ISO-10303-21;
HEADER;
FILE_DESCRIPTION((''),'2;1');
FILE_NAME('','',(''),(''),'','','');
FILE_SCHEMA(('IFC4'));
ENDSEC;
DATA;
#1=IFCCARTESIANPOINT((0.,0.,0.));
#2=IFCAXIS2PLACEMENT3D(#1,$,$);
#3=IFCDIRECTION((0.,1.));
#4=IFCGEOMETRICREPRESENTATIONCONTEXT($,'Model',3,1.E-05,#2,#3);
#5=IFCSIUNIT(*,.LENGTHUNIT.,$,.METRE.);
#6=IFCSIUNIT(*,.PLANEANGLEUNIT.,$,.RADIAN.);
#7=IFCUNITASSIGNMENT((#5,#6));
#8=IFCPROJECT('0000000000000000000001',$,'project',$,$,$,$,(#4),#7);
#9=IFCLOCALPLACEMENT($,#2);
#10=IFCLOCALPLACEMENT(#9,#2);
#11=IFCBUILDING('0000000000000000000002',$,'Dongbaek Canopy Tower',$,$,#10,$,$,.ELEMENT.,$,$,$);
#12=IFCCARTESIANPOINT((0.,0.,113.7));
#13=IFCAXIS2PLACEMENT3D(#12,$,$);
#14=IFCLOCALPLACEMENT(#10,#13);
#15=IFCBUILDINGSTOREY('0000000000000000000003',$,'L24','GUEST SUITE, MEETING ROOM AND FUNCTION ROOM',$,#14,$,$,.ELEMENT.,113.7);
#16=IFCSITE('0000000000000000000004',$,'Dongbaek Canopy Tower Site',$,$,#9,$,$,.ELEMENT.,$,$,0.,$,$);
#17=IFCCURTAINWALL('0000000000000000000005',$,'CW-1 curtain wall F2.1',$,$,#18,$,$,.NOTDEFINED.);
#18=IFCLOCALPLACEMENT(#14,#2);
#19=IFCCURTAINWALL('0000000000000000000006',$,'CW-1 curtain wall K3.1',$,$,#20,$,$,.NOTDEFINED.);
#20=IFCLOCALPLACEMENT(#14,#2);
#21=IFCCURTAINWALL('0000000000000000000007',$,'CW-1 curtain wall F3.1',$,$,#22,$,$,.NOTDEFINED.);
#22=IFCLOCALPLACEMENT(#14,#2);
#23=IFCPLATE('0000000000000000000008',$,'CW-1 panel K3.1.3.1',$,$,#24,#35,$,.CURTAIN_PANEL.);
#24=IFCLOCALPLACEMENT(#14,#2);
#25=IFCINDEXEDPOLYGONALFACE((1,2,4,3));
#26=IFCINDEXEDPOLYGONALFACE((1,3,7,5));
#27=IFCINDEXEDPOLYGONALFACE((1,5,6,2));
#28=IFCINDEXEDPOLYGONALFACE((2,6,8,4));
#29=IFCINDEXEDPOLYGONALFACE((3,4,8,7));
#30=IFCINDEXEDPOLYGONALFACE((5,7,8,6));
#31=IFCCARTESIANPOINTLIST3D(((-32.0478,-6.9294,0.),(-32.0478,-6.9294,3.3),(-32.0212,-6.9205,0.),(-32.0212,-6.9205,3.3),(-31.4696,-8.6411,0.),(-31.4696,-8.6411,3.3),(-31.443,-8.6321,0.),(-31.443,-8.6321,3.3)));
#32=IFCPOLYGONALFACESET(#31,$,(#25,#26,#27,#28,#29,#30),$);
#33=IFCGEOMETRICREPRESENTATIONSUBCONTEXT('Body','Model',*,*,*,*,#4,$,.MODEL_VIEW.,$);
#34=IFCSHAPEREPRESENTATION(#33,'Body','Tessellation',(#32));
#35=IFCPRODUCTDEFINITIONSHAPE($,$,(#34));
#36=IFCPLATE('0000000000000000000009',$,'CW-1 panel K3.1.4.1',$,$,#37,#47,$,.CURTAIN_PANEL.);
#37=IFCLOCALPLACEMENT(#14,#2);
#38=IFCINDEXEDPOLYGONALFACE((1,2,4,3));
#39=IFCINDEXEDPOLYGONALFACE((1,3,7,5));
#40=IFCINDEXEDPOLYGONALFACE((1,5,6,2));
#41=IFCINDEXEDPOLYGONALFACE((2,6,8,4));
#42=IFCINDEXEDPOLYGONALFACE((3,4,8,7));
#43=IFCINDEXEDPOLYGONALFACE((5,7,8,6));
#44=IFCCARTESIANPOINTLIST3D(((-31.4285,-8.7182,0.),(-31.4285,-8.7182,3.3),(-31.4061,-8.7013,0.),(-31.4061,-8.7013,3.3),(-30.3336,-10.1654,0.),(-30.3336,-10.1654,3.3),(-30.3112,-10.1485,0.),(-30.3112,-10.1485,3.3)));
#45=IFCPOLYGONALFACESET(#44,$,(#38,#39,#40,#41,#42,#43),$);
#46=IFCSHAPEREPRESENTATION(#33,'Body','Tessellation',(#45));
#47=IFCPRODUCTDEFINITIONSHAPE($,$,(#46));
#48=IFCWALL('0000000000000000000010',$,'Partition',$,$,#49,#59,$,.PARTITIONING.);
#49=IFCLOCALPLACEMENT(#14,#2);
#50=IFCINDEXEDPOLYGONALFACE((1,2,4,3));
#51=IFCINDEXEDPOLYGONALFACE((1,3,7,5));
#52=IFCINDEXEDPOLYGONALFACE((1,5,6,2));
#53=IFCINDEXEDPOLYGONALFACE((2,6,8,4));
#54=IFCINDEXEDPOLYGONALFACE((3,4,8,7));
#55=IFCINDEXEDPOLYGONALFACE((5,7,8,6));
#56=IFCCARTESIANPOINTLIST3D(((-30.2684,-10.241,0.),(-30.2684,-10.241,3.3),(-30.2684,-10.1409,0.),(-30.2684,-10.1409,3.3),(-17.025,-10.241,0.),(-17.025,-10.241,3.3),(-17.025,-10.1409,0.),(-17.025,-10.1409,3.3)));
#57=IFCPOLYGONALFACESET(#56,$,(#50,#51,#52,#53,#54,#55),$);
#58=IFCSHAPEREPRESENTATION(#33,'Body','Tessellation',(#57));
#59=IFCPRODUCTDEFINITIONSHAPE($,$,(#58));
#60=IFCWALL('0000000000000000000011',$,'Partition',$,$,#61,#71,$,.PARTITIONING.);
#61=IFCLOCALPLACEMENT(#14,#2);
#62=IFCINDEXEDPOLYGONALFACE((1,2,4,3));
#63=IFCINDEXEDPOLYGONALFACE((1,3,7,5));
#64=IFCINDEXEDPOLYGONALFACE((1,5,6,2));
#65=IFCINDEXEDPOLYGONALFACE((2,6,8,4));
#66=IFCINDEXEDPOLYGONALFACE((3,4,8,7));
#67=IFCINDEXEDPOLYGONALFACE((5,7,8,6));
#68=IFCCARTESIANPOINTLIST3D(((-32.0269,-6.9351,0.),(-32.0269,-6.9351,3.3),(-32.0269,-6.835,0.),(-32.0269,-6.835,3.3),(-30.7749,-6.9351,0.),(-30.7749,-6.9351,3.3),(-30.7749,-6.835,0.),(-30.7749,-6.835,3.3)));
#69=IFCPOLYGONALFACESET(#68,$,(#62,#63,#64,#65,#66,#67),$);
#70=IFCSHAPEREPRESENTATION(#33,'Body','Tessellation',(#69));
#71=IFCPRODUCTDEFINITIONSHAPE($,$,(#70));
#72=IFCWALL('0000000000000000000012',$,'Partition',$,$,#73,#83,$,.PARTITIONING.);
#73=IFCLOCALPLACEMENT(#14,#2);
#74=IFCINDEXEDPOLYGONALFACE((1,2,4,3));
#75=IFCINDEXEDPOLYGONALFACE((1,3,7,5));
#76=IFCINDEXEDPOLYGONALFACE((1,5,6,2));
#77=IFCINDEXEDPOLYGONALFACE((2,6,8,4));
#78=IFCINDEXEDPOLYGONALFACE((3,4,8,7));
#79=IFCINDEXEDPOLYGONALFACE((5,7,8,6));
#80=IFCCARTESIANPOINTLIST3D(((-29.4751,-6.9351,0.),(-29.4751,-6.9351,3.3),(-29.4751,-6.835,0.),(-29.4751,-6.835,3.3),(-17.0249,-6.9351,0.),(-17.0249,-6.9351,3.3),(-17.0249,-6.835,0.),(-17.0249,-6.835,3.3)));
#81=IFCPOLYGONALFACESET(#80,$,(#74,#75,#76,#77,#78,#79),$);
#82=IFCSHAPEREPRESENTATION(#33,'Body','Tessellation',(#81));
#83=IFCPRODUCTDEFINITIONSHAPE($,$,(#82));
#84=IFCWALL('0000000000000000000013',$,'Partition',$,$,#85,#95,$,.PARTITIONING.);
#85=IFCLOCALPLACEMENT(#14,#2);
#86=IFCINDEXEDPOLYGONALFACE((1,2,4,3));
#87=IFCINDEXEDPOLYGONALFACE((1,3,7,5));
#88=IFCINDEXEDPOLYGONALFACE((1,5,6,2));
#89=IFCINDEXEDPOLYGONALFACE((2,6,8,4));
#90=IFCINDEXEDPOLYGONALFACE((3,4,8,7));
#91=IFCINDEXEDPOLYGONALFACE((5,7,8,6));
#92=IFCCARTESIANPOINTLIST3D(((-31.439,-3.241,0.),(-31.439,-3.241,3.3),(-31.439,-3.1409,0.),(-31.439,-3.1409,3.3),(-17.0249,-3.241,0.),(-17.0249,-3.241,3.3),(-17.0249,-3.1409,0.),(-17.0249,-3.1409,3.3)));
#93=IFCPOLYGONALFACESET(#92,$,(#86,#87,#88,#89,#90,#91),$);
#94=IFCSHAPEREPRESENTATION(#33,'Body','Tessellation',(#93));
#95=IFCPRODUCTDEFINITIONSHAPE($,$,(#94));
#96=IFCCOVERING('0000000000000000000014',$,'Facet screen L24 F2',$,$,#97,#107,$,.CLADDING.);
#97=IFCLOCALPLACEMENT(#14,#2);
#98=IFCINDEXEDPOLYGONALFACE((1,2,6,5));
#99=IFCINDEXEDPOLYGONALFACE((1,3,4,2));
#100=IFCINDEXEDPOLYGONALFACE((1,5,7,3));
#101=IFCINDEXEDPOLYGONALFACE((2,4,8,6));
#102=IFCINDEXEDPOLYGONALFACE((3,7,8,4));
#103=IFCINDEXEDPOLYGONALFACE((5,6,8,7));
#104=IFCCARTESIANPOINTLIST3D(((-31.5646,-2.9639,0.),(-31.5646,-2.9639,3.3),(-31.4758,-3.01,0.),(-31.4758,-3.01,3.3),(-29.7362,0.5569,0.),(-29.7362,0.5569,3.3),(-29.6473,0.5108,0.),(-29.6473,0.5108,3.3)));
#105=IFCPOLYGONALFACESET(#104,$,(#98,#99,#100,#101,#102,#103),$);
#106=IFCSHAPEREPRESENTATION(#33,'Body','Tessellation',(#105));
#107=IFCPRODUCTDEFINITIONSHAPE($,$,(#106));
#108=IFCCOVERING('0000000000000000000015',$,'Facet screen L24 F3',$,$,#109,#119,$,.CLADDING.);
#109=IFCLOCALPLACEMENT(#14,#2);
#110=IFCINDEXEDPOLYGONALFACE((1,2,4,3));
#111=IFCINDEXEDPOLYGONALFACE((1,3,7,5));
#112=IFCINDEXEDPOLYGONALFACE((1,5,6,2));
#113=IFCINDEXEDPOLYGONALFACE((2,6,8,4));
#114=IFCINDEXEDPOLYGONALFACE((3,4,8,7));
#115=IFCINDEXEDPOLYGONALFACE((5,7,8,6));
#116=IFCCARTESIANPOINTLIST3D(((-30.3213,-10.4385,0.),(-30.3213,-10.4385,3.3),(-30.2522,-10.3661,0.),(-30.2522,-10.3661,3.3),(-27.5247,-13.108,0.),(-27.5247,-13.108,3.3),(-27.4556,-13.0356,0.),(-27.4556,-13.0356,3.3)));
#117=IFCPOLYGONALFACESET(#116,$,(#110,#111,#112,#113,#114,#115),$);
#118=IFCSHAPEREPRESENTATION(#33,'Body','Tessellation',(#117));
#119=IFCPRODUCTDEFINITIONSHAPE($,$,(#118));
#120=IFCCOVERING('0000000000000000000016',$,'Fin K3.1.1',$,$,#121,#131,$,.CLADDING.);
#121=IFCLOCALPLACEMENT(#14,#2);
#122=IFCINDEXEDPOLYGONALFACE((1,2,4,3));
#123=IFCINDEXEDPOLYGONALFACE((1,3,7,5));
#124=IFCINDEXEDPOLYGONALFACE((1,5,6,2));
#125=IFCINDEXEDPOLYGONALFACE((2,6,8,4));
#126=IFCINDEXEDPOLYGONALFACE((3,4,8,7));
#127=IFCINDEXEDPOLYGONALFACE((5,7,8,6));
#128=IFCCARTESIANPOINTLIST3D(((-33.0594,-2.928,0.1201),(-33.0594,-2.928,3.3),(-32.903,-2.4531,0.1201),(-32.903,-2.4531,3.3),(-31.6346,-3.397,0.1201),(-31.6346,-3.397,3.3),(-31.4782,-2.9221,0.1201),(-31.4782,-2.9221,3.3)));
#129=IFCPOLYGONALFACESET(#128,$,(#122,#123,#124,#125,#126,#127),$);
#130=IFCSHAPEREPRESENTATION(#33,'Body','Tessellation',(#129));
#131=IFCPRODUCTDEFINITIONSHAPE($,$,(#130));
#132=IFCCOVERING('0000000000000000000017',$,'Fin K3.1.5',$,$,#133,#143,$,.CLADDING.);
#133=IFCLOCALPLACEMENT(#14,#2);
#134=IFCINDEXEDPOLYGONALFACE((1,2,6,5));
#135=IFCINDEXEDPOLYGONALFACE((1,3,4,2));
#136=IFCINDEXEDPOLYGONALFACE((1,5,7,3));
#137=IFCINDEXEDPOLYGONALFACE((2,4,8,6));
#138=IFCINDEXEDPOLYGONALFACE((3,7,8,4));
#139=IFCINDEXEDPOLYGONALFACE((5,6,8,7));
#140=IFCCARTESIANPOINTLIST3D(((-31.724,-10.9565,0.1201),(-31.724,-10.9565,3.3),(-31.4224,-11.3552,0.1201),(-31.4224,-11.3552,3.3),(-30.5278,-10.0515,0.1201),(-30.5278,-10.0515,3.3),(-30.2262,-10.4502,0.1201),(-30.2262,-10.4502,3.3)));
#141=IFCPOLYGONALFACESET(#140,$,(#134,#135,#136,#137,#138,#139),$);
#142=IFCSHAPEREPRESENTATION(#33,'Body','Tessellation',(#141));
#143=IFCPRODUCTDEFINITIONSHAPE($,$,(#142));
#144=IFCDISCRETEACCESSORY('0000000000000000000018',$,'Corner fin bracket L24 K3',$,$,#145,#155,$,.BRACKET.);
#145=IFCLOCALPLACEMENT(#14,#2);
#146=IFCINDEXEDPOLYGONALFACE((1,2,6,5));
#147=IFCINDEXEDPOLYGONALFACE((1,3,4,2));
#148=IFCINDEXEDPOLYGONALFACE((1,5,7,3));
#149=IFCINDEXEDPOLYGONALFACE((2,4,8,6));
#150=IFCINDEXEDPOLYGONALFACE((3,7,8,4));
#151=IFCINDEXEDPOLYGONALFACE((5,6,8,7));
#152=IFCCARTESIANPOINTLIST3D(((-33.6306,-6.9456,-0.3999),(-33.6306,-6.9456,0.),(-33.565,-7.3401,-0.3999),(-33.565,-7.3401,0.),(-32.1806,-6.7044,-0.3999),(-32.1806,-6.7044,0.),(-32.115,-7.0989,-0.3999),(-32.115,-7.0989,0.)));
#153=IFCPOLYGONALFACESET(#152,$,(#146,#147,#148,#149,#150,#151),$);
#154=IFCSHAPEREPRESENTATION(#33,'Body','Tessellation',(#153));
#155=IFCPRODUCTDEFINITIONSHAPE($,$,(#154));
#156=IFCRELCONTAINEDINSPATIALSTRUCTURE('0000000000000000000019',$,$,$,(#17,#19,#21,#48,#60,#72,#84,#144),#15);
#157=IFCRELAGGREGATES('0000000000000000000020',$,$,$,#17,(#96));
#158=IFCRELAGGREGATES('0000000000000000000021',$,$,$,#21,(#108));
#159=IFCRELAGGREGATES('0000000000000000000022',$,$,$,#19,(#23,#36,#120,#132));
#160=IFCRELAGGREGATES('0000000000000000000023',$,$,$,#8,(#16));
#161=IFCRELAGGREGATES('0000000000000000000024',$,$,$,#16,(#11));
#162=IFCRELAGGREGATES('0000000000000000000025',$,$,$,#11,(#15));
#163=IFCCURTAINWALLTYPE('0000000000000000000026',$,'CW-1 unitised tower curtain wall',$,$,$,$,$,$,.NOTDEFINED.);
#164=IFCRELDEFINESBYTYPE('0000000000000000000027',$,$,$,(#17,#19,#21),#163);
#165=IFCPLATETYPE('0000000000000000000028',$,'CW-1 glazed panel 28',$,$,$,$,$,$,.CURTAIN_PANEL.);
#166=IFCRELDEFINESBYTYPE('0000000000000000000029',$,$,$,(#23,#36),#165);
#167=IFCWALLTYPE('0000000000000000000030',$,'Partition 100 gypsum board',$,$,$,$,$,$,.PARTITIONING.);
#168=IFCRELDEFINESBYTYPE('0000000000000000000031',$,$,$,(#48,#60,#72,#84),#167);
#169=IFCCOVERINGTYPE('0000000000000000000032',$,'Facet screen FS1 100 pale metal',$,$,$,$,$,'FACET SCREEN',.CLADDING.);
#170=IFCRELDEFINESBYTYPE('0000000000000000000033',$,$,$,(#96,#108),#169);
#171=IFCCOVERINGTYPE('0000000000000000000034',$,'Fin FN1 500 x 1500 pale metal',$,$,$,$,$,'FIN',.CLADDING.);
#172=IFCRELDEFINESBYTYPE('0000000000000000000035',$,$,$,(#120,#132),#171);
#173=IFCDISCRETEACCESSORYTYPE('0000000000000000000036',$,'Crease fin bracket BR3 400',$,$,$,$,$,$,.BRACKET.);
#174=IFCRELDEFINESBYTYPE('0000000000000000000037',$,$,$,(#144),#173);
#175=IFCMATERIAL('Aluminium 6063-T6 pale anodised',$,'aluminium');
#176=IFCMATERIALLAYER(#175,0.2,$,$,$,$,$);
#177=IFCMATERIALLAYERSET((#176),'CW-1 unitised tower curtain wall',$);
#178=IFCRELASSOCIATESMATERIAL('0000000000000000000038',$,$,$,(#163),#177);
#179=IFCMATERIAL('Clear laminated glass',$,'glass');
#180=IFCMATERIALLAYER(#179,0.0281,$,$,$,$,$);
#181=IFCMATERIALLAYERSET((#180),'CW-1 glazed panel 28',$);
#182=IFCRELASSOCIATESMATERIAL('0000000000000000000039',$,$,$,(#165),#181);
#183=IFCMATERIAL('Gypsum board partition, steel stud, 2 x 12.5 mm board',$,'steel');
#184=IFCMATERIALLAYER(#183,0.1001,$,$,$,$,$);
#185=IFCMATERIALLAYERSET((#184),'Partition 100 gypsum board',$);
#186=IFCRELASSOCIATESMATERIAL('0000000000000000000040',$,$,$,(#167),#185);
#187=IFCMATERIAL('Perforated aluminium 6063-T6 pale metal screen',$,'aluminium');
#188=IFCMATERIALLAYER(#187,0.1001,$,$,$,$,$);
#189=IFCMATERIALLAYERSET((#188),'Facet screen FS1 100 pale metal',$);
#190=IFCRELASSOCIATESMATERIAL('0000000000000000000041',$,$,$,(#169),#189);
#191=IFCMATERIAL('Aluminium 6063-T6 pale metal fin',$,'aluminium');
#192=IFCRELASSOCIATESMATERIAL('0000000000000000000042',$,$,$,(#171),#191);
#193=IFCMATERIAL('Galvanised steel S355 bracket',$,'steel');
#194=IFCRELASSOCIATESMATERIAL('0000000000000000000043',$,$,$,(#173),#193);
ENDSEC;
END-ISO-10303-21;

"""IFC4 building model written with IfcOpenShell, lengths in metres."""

from ifc_helpers import new_model, si_unit, direction, frame, frame_2d, origin, origin_2d, place, context, subcontext, project, spatial, rectangle, extrude, material, layer, layer_set, material_profile, profile_set, type_object, element, aggregate, save


model = new_model("IFC4")

# Units and contexts
model_context = context("Model", 3, precision=1e-05, world=origin(), true_north=direction((0.0, 1.0)))
body_context = subcontext(model_context, "Body", "Model", "MODEL_VIEW")
ifc_project = project(units=[si_unit("LENGTHUNIT", "METRE"), si_unit("PLANEANGLEUNIT", "RADIAN")], contexts=[model_context])

# Site, building, storey
site_placement = place(None, origin())
site = spatial("IfcSite", under=ifc_project, at=site_placement, Name="Dongbaek Canopy Tower Site", CompositionType="ELEMENT", RefElevation=0.0)
building_placement = place(site_placement, origin())
building = spatial("IfcBuilding", under=site, at=building_placement, Name="Dongbaek Canopy Tower", CompositionType="ELEMENT")
storey_placement = place(building_placement, frame((0.0, 0.0, 113.7)))
storey = spatial("IfcBuildingStorey", under=building, at=storey_placement, Name="L24", Description="GUEST SUITE, MEETING ROOM AND FUNCTION ROOM", CompositionType="ELEMENT", Elevation=113.7)

# Curtain wall
ifc_material_1 = material(Name="Aluminium 6063-T6 pale anodised", Category="aluminium")
ifc_layer_1 = layer(ifc_material_1, 0.2)
ifc_layer_set_1 = layer_set([ifc_layer_1], Name="CW-1 unitised tower curtain wall")
curtain_wall_type = type_object("IfcCurtainWallType", Name="CW-1 unitised tower curtain wall", PredefinedType="NOTDEFINED", material=ifc_layer_set_1)
curtain_wall_1_placement = place(storey_placement, origin())
curtain_wall_1 = element("IfcCurtainWall", 1, at=curtain_wall_1_placement, inside=storey, type_object=curtain_wall_type, Name="CW-1 curtain wall F2.1", PredefinedType="NOTDEFINED")

# Curtain wall
curtain_wall_2_placement = place(storey_placement, origin())
curtain_wall_2 = element("IfcCurtainWall", 2, at=curtain_wall_2_placement, inside=storey, type_object=curtain_wall_type, Name="CW-1 curtain wall K3.1", PredefinedType="NOTDEFINED")

# Curtain wall
curtain_wall_3_placement = place(storey_placement, origin())
curtain_wall_3 = element("IfcCurtainWall", 3, at=curtain_wall_3_placement, inside=storey, type_object=curtain_wall_type, Name="CW-1 curtain wall F3.1", PredefinedType="NOTDEFINED")

# Plates
ifc_material_2 = material(Name="Clear laminated glass", Category="glass")
ifc_layer_2 = layer(ifc_material_2, 0.0281)
ifc_layer_set_2 = layer_set([ifc_layer_2], Name="CW-1 glazed panel 28")
plate_type = type_object("IfcPlateType", Name="CW-1 glazed panel 28", PredefinedType="CURTAIN_PANEL", material=ifc_layer_set_2)
plate_1_placement = place(storey_placement, frame((-31.7454, -7.7808, 0.0), z_axis=(0.0, 0.0, 1.0), x_axis=(0.320048, -0.947401, 0.0)))
plate_1 = element("IfcPlate", 4, at=plate_1_placement, type_object=plate_type, Name="CW-1 panel K3.1.3.1", PredefinedType="CURTAIN_PANEL", context=body_context, shape_type="SweptSolid", body=[
    extrude(rectangle(XDim=1.8066, YDim=0.0281, at=origin_2d()), origin(), (0.0, 0.0, 1.0), 3.3),
])
plate_2_placement = place(storey_placement, frame((-30.8699, -9.4333, 0.0), z_axis=(0.0, 0.0, 1.0), x_axis=(0.603344, -0.797481, 0.0)))
plate_2 = element("IfcPlate", 5, at=plate_2_placement, type_object=plate_type, Name="CW-1 panel K3.1.4.1", PredefinedType="CURTAIN_PANEL", context=body_context, shape_type="SweptSolid", body=[
    extrude(rectangle(XDim=1.8147, YDim=0.0281, at=origin_2d()), origin(), (0.0, 0.0, 1.0), 3.3),
])

# Walls
ifc_material_3 = material(Name="Gypsum board partition, steel stud, 2 x 12.5 mm board", Category="steel")
ifc_layer_3 = layer(ifc_material_3, 0.1001)
ifc_layer_set_3 = layer_set([ifc_layer_3], Name="Partition 100 gypsum board")
wall_type = type_object("IfcWallType", Name="Partition 100 gypsum board", PredefinedType="PARTITIONING", material=ifc_layer_set_3)
wall_1_placement = place(storey_placement, frame((-30.2683, -10.1909, 0.0), z_axis=(0.0, 0.0, 1.0), x_axis=(1.0, 0.0, 0.0)))
element("IfcWall", 6, at=wall_1_placement, inside=storey, type_object=wall_type, Name="Partition", PredefinedType="PARTITIONING", context=body_context, shape_type="SweptSolid", body=[
    extrude(rectangle(XDim=13.2434, YDim=0.1001, at=frame_2d((6.6216, 0.0))), origin(), (0.0, 0.0, 1.0), 3.3),
])
wall_2_placement = place(storey_placement, frame((-32.0269, -6.885, 0.0), z_axis=(0.0, 0.0, 1.0), x_axis=(1.0, 0.0, 0.0)))
element("IfcWall", 7, at=wall_2_placement, inside=storey, type_object=wall_type, Name="Partition", PredefinedType="PARTITIONING", context=body_context, shape_type="SweptSolid", body=[
    extrude(rectangle(XDim=1.252, YDim=0.1001, at=frame_2d((0.626, 0.0))), origin(), (0.0, 0.0, 1.0), 3.3),
])
wall_3_placement = place(storey_placement, frame((-29.4751, -6.885, 0.0), z_axis=(0.0, 0.0, 1.0), x_axis=(1.0, 0.0, 0.0)))
element("IfcWall", 8, at=wall_3_placement, inside=storey, type_object=wall_type, Name="Partition", PredefinedType="PARTITIONING", context=body_context, shape_type="SweptSolid", body=[
    extrude(rectangle(XDim=12.4502, YDim=0.1001, at=frame_2d((6.2251, 0.0))), origin(), (0.0, 0.0, 1.0), 3.3),
])
wall_4_placement = place(storey_placement, frame((-31.439, -3.1909, 0.0), z_axis=(0.0, 0.0, 1.0), x_axis=(1.0, 0.0, 0.0)))
element("IfcWall", 9, at=wall_4_placement, inside=storey, type_object=wall_type, Name="Partition", PredefinedType="PARTITIONING", context=body_context, shape_type="SweptSolid", body=[
    extrude(rectangle(XDim=14.4141, YDim=0.1001, at=frame_2d((7.207, 0.0))), origin(), (0.0, 0.0, 1.0), 3.3),
])

# Coverings
ifc_material_4 = material(Name="Perforated aluminium 6063-T6 pale metal screen", Category="aluminium")
ifc_layer_4 = layer(ifc_material_4, 0.1001)
ifc_layer_set_4 = layer_set([ifc_layer_4], Name="Facet screen FS1 100 pale metal")
covering_type_1 = type_object("IfcCoveringType", Name="Facet screen FS1 100 pale metal", ElementType="FACET SCREEN", PredefinedType="CLADDING", material=ifc_layer_set_4)
covering_1_placement = place(storey_placement, frame((-30.606, -1.2266, 0.0), z_axis=(0.0, 0.0, 1.0), x_axis=(-0.46088, -0.887463, 0.0)))
covering_1 = element("IfcCovering", 10, at=covering_1_placement, type_object=covering_type_1, Name="Facet screen L24 F2", PredefinedType="CLADDING", context=body_context, shape_type="SweptSolid", body=[
    extrude(rectangle(XDim=3.9673, YDim=0.1001, at=origin_2d()), origin(), (0.0, 0.0, 1.0), 3.3),
])
aggregate(curtain_wall_1, [covering_1])
covering_2_placement = place(storey_placement, frame((-28.8884, -11.7371, 0.0), z_axis=(0.0, 0.0, 1.0), x_axis=(0.723349, -0.690482, 0.0)))
covering_2 = element("IfcCovering", 11, at=covering_2_placement, type_object=covering_type_1, Name="Facet screen L24 F3", PredefinedType="CLADDING", context=body_context, shape_type="SweptSolid", body=[
    extrude(rectangle(XDim=3.8662, YDim=0.1001, at=origin_2d()), origin(), (0.0, 0.0, 1.0), 3.3),
])
aggregate(curtain_wall_3, [covering_2])
ifc_material_5 = material(Name="Aluminium 6063-T6 pale metal fin", Category="aluminium")
ifc_material_profile_1 = material_profile(ifc_material_5, rectangle(XDim=1.5, YDim=0.5, at=origin_2d()), Name="Fin FN1 500 x 1500 pale metal")
ifc_profile_set_1 = profile_set([ifc_material_profile_1], Name="Aluminium 6063-T6 pale metal fin")
covering_type_2 = type_object("IfcCoveringType", Name="Fin FN1 500 x 1500 pale metal", ElementType="FIN", PredefinedType="CLADDING", material=ifc_profile_set_1)
covering_3_placement = place(storey_placement, frame((-32.2688, -2.925, 0.1201), z_axis=(0.0, 0.0, 1.0), x_axis=(-0.949852, 0.312699, 0.0)))
covering_3 = element("IfcCovering", 12, at=covering_3_placement, type_object=covering_type_2, Name="Fin K3.1.1", PredefinedType="CLADDING", context=body_context, shape_type="SweptSolid", body=[
    extrude(rectangle(XDim=1.5, YDim=0.5, at=origin_2d()), origin(), (0.0, 0.0, 1.0), 3.1799),
])
covering_4_placement = place(storey_placement, frame((-30.9751, -10.7034, 0.1201), z_axis=(0.0, 0.0, 1.0), x_axis=(-0.797481, -0.603344, 0.0)))
covering_4 = element("IfcCovering", 13, at=covering_4_placement, type_object=covering_type_2, Name="Fin K3.1.5", PredefinedType="CLADDING", context=body_context, shape_type="SweptSolid", body=[
    extrude(rectangle(XDim=1.5, YDim=0.5, at=origin_2d()), origin(), (0.0, 0.0, 1.0), 3.1799),
])
aggregate(curtain_wall_2, [plate_1, plate_2, covering_3, covering_4])

# Discrete accessory
ifc_material_6 = material(Name="Galvanised steel S355 bracket", Category="steel")
discrete_accessory_type = type_object("IfcDiscreteAccessoryType", Name="Crease fin bracket BR3 400", PredefinedType="BRACKET", material=ifc_material_6)
discrete_accessory_placement = place(storey_placement, frame((-32.8728, -7.0222, -0.3999), z_axis=(0.0, 0.0, 1.0), x_axis=(-0.986447, -0.164082, 0.0)))
element("IfcDiscreteAccessory", 14, at=discrete_accessory_placement, inside=storey, type_object=discrete_accessory_type, Name="Corner fin bracket L24 K3", PredefinedType="BRACKET", context=body_context, shape_type="SweptSolid", body=[
    extrude(rectangle(XDim=1.47, YDim=0.3999, at=origin_2d()), origin(), (0.0, 0.0, 1.0), 0.3999),
])

save(model, "model.ifc")
